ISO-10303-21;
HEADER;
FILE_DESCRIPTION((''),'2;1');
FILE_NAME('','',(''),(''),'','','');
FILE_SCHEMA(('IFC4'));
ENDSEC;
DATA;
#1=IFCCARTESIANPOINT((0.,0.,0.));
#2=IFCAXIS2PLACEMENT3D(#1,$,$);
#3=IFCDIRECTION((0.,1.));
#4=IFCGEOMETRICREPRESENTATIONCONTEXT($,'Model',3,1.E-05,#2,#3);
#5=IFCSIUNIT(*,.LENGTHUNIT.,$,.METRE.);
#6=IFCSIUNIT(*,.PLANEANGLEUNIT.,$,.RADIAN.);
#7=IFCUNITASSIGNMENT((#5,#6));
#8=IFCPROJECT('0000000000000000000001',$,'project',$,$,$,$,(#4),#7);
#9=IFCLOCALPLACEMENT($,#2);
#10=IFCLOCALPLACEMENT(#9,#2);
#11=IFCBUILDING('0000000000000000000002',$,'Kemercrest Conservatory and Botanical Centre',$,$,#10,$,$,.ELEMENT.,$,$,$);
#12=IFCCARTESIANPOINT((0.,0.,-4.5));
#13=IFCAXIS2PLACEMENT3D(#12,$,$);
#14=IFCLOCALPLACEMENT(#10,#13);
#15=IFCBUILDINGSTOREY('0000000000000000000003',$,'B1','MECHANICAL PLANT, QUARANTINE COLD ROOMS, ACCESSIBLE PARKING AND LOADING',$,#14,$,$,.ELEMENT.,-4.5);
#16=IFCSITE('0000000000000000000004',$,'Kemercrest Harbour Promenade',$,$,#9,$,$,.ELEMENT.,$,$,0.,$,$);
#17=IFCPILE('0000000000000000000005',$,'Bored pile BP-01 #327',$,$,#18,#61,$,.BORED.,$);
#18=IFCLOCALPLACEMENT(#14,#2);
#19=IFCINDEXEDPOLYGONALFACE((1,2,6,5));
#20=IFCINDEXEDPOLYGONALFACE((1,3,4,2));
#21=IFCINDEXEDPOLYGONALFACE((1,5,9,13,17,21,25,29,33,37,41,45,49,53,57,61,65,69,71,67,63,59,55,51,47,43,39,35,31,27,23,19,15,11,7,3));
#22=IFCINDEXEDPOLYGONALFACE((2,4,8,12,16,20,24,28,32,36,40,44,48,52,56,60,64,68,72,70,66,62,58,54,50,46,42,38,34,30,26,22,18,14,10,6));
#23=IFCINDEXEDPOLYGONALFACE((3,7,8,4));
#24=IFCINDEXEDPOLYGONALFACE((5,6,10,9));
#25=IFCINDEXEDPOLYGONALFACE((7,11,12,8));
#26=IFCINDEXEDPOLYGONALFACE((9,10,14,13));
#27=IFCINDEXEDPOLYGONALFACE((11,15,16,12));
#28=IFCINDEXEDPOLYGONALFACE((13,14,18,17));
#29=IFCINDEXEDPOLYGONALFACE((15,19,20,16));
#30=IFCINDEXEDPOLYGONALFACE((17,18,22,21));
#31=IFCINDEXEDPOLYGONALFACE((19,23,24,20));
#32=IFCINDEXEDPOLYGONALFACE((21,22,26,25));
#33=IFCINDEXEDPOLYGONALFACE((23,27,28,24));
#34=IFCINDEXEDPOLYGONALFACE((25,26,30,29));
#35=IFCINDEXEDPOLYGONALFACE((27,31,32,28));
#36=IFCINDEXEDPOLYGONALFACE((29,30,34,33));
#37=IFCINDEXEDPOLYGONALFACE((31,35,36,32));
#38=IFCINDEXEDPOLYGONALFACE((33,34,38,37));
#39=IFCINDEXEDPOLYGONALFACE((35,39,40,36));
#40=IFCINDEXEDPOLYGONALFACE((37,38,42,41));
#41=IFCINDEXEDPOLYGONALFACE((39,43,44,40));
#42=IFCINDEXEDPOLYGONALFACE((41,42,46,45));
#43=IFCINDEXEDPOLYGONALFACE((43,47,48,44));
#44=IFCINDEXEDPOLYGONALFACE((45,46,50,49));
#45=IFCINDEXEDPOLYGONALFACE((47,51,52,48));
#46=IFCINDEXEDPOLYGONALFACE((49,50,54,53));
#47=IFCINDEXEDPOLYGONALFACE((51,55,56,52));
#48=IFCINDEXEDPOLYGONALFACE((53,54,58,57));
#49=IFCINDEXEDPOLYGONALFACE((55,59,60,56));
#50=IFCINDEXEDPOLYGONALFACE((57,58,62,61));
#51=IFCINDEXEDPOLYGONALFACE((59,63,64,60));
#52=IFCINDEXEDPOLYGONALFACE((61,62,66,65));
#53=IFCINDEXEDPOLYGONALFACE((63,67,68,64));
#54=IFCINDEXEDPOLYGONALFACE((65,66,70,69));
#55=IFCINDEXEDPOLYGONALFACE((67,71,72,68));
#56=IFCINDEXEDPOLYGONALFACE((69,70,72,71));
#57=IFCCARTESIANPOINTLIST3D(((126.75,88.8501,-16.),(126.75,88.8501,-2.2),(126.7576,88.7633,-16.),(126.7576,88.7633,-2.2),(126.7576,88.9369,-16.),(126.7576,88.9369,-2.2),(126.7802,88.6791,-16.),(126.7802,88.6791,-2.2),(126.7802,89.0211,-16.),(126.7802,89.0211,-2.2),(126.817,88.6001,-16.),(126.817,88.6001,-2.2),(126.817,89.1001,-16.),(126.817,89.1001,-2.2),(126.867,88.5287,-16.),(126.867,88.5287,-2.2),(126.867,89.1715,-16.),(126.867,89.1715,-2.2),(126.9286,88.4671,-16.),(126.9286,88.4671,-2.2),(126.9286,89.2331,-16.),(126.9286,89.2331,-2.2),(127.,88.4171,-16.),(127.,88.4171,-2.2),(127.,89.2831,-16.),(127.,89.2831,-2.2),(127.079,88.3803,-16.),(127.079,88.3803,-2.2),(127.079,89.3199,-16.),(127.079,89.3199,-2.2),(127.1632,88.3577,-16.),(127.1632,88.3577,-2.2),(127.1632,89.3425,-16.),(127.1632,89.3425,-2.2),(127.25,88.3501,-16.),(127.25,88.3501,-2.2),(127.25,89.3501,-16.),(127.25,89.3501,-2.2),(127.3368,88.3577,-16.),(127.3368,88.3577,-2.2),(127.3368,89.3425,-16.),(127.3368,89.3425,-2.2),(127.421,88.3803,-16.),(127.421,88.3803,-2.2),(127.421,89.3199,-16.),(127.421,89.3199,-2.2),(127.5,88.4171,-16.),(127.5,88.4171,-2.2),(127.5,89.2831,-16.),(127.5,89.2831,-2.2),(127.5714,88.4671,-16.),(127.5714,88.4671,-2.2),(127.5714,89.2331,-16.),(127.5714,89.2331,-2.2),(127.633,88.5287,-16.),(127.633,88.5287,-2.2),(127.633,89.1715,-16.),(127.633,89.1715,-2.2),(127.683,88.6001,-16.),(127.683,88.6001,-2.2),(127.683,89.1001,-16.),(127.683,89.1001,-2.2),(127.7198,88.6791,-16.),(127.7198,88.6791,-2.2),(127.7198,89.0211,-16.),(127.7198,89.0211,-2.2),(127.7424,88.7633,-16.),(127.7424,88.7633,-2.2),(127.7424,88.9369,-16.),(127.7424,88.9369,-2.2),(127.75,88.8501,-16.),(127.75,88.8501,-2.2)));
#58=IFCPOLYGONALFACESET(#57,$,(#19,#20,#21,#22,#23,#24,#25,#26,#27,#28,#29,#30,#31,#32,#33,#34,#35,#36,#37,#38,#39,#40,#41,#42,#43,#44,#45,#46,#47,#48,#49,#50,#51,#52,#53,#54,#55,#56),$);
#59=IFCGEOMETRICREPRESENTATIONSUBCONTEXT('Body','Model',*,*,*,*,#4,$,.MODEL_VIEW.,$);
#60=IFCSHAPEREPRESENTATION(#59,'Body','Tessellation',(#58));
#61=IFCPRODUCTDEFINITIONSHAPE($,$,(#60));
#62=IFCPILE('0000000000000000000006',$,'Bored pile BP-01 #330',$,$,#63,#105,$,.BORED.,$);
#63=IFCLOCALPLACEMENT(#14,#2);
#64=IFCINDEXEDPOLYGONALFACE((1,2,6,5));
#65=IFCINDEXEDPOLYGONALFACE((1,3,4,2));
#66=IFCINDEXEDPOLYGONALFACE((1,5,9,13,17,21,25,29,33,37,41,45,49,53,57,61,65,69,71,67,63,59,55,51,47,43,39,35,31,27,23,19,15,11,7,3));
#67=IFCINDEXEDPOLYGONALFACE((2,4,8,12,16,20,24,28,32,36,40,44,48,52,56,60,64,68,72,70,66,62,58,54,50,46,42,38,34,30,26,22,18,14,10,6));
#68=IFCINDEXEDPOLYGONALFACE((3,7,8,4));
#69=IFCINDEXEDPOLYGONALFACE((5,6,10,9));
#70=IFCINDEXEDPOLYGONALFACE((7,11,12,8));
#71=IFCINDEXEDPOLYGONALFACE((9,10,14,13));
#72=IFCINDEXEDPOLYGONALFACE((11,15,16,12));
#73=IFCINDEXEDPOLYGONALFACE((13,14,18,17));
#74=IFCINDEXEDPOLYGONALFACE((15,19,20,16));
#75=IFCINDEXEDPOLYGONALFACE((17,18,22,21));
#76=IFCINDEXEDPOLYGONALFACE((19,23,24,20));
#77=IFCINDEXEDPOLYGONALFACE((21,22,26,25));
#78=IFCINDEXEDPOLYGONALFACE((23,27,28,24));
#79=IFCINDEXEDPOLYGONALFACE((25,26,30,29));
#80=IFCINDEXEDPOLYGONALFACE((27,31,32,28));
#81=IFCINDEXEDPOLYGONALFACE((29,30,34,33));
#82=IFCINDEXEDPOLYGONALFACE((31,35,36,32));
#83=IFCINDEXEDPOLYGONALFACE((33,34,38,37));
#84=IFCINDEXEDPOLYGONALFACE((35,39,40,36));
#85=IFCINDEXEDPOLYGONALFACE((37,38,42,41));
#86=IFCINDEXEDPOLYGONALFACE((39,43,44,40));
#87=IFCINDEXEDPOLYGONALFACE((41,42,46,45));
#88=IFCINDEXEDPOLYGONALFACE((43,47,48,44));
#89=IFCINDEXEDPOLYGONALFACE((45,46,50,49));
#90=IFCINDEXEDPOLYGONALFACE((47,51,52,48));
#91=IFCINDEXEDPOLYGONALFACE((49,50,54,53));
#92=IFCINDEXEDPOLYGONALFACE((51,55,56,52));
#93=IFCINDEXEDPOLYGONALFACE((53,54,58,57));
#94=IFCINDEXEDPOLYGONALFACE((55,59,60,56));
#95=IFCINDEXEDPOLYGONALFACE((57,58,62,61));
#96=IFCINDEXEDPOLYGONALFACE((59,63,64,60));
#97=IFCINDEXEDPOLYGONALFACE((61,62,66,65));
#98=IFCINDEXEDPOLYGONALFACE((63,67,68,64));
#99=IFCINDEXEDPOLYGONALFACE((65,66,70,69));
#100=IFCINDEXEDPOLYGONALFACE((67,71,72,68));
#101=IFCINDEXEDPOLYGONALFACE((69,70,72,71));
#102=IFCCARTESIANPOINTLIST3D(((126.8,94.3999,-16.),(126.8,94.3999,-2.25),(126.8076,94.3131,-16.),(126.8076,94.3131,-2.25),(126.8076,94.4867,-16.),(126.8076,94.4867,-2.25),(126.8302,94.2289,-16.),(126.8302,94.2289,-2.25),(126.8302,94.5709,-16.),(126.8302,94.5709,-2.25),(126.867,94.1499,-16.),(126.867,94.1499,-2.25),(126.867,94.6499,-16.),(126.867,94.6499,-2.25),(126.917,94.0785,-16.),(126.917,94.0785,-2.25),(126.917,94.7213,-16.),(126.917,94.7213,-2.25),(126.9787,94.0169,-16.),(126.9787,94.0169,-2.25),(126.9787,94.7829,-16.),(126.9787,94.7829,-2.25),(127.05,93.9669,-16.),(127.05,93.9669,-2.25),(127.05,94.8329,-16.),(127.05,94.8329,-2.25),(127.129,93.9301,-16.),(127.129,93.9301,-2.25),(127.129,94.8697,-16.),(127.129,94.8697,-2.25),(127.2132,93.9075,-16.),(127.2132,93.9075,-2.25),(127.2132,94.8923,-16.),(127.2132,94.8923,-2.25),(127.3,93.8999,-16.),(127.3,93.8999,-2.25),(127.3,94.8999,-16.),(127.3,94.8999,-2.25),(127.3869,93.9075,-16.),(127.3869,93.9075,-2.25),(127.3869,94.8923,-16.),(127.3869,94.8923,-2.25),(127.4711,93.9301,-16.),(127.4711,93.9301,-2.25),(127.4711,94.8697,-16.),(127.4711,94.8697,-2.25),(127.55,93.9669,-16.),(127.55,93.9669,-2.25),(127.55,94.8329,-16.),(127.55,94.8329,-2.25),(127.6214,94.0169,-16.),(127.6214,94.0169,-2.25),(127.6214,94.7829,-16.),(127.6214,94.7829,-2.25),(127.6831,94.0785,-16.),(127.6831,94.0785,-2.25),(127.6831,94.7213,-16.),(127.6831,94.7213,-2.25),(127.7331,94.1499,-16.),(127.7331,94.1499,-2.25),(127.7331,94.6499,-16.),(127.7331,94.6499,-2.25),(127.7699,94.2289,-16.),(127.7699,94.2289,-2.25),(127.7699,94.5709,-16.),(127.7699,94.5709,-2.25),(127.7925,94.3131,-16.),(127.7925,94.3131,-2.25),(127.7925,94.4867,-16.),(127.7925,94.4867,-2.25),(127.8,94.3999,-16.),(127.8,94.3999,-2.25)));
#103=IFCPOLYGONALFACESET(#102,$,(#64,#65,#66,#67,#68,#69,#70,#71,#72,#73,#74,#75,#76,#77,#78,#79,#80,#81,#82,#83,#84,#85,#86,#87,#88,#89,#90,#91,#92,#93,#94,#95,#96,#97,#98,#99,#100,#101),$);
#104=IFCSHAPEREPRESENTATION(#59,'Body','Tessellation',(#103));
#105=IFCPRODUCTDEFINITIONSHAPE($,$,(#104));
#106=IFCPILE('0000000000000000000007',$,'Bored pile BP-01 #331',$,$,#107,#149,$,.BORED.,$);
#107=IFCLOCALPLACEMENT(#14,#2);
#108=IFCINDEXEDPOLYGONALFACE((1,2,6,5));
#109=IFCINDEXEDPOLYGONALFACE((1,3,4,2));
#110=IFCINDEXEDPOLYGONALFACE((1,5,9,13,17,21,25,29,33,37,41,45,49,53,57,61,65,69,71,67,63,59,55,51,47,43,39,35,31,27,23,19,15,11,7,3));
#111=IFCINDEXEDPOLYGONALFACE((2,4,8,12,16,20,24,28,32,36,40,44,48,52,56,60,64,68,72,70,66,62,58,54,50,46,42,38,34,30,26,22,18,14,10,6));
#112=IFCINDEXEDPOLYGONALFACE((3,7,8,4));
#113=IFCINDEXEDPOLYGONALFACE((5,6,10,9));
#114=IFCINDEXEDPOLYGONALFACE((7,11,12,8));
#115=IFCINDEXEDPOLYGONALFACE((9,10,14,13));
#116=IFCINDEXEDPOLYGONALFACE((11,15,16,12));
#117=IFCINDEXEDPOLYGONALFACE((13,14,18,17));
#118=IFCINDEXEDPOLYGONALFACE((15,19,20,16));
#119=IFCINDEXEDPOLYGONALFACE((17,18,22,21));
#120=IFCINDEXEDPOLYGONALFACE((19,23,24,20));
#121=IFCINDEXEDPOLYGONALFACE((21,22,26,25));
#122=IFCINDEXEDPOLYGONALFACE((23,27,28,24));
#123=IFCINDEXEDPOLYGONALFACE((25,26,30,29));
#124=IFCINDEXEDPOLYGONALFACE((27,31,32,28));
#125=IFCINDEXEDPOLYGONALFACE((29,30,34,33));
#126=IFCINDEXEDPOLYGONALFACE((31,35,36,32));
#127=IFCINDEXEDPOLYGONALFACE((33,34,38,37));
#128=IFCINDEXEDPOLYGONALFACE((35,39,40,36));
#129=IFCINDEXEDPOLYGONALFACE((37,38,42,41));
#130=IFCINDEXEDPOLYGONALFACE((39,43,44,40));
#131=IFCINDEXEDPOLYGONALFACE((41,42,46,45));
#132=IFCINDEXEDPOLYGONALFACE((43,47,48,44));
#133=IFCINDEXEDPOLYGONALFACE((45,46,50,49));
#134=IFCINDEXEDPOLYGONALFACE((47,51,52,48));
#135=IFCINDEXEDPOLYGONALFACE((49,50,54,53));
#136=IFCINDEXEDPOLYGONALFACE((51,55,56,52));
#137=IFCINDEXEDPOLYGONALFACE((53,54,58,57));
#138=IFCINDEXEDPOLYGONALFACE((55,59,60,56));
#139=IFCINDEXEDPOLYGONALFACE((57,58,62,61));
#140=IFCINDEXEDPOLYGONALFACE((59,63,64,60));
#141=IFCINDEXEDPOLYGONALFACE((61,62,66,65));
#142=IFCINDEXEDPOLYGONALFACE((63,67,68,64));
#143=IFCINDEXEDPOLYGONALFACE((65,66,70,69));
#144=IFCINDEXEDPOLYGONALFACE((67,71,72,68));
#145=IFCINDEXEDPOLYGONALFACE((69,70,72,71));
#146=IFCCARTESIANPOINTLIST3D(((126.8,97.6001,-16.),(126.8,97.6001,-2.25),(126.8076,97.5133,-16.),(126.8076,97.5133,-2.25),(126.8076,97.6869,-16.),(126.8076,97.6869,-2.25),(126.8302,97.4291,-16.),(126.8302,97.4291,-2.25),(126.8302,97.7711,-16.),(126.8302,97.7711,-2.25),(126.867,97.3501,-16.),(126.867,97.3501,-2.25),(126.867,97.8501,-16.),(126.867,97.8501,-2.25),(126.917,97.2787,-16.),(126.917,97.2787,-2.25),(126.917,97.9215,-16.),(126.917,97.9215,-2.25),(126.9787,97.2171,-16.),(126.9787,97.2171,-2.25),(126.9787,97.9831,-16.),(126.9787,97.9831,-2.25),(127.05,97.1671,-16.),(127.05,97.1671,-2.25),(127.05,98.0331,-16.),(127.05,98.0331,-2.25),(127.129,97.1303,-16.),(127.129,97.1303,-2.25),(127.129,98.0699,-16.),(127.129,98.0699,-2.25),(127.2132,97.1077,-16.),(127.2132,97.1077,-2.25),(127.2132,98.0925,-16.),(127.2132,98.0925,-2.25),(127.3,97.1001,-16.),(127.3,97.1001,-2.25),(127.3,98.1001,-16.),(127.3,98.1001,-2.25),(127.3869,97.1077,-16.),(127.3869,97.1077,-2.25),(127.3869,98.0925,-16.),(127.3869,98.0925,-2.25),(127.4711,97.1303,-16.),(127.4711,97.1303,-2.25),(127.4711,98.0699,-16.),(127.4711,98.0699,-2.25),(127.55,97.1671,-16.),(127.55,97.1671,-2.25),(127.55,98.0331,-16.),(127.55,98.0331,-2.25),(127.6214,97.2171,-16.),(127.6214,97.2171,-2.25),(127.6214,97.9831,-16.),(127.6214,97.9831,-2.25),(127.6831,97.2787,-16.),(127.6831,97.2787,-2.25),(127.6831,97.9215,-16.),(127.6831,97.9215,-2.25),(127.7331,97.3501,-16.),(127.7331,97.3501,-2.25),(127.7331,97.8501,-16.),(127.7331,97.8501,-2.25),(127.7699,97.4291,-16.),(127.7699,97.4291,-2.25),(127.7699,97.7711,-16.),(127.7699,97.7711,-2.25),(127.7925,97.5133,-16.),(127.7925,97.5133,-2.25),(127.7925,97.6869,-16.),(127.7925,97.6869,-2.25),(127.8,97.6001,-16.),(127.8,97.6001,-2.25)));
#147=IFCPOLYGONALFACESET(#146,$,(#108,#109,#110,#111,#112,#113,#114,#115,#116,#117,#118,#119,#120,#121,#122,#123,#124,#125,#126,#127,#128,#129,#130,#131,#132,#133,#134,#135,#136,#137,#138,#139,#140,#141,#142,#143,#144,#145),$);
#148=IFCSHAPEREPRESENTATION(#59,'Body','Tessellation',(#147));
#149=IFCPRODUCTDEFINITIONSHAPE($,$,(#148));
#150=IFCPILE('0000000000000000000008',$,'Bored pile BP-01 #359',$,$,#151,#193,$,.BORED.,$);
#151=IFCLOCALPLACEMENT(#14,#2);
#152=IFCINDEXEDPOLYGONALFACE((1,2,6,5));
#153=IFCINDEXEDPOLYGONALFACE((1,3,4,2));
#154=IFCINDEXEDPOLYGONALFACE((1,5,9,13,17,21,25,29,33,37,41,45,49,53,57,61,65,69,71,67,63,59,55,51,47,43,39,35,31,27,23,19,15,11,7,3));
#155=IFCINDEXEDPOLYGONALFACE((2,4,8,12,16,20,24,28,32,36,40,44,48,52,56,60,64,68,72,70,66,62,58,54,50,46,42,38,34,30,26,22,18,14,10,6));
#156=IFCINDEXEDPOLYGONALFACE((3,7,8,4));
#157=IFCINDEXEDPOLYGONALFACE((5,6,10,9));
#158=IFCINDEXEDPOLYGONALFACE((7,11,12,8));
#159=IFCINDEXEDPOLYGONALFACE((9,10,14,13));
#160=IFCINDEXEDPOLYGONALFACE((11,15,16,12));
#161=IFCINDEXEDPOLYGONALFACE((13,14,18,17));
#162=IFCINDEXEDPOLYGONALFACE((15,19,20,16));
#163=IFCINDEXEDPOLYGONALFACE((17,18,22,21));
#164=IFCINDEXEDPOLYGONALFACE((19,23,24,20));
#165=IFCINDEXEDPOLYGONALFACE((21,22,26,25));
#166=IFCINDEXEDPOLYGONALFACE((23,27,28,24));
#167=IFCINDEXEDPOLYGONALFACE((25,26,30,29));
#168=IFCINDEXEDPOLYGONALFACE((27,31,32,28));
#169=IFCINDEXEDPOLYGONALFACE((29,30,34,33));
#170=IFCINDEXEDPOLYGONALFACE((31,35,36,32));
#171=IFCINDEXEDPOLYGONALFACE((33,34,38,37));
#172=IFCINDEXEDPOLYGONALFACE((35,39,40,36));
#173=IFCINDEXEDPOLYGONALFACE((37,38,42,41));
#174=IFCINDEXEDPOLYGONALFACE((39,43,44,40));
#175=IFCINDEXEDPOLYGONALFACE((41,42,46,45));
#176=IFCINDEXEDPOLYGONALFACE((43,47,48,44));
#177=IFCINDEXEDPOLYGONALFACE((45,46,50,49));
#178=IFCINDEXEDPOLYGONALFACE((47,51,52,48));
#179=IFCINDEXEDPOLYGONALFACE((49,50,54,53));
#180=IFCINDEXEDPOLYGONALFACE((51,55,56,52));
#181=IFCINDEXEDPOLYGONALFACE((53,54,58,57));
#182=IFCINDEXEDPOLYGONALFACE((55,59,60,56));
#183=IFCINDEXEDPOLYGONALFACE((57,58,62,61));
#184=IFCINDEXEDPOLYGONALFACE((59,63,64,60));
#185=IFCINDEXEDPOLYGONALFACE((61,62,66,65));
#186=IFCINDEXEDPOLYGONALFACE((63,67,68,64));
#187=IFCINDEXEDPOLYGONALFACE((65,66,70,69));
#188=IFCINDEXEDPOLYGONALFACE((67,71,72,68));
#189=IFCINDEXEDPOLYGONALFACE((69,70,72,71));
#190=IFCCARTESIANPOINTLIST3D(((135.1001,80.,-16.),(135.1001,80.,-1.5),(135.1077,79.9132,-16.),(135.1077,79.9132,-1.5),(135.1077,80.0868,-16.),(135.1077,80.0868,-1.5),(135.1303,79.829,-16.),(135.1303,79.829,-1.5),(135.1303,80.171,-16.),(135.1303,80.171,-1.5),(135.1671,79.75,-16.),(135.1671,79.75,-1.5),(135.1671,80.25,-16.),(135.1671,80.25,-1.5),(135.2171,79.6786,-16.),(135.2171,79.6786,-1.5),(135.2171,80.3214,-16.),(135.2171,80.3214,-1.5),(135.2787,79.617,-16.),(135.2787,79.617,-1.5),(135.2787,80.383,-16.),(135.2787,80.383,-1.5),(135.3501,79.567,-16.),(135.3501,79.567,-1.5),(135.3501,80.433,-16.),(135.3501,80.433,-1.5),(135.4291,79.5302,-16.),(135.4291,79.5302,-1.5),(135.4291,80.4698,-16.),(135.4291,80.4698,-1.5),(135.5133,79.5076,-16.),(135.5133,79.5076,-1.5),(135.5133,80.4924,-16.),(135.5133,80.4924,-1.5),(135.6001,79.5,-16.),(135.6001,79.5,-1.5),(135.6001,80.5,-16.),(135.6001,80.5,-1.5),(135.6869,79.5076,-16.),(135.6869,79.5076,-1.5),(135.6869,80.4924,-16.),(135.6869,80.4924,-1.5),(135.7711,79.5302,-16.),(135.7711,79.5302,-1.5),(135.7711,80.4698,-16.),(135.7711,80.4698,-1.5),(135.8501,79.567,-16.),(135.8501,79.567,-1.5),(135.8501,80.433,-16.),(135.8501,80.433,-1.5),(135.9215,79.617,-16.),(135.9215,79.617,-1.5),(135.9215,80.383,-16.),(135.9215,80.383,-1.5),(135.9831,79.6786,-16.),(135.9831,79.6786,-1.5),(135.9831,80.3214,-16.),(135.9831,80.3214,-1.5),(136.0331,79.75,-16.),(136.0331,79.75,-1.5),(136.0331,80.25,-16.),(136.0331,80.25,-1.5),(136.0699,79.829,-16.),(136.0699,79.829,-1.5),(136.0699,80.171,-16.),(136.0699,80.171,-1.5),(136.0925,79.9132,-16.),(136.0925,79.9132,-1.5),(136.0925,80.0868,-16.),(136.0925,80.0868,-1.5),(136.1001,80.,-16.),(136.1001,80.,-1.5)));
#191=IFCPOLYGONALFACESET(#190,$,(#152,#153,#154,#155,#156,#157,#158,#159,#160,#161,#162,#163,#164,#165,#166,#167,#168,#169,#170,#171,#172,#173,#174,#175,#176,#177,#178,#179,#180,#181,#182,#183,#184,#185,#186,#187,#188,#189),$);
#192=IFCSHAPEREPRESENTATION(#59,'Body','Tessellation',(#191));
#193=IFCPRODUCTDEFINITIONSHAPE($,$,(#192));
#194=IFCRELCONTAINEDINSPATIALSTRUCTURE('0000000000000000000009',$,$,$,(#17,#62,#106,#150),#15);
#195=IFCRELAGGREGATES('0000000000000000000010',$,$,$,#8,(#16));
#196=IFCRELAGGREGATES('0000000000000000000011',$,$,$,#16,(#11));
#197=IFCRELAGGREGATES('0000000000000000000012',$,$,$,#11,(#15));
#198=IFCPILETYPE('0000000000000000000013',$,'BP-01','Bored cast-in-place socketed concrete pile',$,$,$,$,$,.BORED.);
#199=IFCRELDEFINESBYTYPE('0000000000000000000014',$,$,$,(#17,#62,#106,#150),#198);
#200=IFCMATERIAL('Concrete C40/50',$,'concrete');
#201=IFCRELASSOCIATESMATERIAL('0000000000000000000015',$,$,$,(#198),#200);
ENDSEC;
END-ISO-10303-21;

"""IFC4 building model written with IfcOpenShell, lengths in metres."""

from ifc_helpers import new_model, si_unit, direction, frame, origin, origin_2d, place, context, subcontext, project, spatial, circle, extrude, material, material_profile, profile_set, type_object, element, save


model = new_model("IFC4")

# Units and contexts
model_context = context("Model", 3, precision=1e-05, world=origin(), true_north=direction((0.0, 1.0)))
body_context = subcontext(model_context, "Body", "Model", "MODEL_VIEW")
ifc_project = project(units=[si_unit("LENGTHUNIT", "METRE"), si_unit("PLANEANGLEUNIT", "RADIAN")], contexts=[model_context])

# Site, building, storey
site_placement = place(None, origin())
site = spatial("IfcSite", under=ifc_project, at=site_placement, Name="Kemercrest Harbour Promenade", CompositionType="ELEMENT", RefElevation=0.0)
building_placement = place(site_placement, origin())
building = spatial("IfcBuilding", under=site, at=building_placement, Name="Kemercrest Conservatory and Botanical Centre", CompositionType="ELEMENT")
storey_placement = place(building_placement, frame((0.0, 0.0, -4.5)))
storey = spatial("IfcBuildingStorey", under=building, at=storey_placement, Name="B1", Description="MECHANICAL PLANT, QUARANTINE COLD ROOMS, ACCESSIBLE PARKING AND LOADING", CompositionType="ELEMENT", Elevation=-4.5)

# Piles
ifc_material_1 = material(Name="Concrete C40/50", Category="concrete")
ifc_material_profile_1 = material_profile(ifc_material_1, circle(Radius=0.5, at=origin_2d()), Name="BORED PILE 1000")
ifc_profile_set_1 = profile_set([ifc_material_profile_1], Name="Concrete C40/50")
pile_type = type_object("IfcPileType", Name="BP-01", Description="Bored cast-in-place socketed concrete pile", PredefinedType="BORED", material=ifc_profile_set_1)
pile_1_placement = place(storey_placement, frame((127.25, 88.8501, -2.2), z_axis=(0.0, 0.0, -1.0), x_axis=(1.0, 0.0, 0.0)))
element("IfcPile", 1, at=pile_1_placement, inside=storey, type_object=pile_type, Name="Bored pile BP-01 #327", PredefinedType="BORED", context=body_context, shape_type="SweptSolid", body=[
    extrude(circle(Radius=0.5, at=origin_2d()), origin(), (0.0, 0.0, 1.0), 13.8),
])
for number, where, z_axis, x_axis, name in (
    (2, (127.3, 94.3999, -2.25), (0.0, 0.0, -1.0), (1.0, 0.0, 0.0), "Bored pile BP-01 #330"),
    (3, (127.3, 97.6001, -2.25), (0.0, 0.0, -1.0), (1.0, 0.0, 0.0), "Bored pile BP-01 #331"),
):
    element("IfcPile", number, at=place(storey_placement, frame(where, z_axis=z_axis, x_axis=x_axis)), inside=storey, type_object=pile_type, Name=name, PredefinedType="BORED", context=body_context, shape_type="SweptSolid", body=[
        extrude(circle(Radius=0.5, at=origin_2d()), origin(), (0.0, 0.0, 1.0), 13.75),
    ])
pile_2_placement = place(storey_placement, frame((135.6001, 80.0, -1.5), z_axis=(0.0, 0.0, -1.0), x_axis=(1.0, 0.0, 0.0)))
element("IfcPile", 4, at=pile_2_placement, inside=storey, type_object=pile_type, Name="Bored pile BP-01 #359", PredefinedType="BORED", context=body_context, shape_type="SweptSolid", body=[
    extrude(circle(Radius=0.5, at=origin_2d()), origin(), (0.0, 0.0, 1.0), 14.5),
])

save(model, "model.ifc")
